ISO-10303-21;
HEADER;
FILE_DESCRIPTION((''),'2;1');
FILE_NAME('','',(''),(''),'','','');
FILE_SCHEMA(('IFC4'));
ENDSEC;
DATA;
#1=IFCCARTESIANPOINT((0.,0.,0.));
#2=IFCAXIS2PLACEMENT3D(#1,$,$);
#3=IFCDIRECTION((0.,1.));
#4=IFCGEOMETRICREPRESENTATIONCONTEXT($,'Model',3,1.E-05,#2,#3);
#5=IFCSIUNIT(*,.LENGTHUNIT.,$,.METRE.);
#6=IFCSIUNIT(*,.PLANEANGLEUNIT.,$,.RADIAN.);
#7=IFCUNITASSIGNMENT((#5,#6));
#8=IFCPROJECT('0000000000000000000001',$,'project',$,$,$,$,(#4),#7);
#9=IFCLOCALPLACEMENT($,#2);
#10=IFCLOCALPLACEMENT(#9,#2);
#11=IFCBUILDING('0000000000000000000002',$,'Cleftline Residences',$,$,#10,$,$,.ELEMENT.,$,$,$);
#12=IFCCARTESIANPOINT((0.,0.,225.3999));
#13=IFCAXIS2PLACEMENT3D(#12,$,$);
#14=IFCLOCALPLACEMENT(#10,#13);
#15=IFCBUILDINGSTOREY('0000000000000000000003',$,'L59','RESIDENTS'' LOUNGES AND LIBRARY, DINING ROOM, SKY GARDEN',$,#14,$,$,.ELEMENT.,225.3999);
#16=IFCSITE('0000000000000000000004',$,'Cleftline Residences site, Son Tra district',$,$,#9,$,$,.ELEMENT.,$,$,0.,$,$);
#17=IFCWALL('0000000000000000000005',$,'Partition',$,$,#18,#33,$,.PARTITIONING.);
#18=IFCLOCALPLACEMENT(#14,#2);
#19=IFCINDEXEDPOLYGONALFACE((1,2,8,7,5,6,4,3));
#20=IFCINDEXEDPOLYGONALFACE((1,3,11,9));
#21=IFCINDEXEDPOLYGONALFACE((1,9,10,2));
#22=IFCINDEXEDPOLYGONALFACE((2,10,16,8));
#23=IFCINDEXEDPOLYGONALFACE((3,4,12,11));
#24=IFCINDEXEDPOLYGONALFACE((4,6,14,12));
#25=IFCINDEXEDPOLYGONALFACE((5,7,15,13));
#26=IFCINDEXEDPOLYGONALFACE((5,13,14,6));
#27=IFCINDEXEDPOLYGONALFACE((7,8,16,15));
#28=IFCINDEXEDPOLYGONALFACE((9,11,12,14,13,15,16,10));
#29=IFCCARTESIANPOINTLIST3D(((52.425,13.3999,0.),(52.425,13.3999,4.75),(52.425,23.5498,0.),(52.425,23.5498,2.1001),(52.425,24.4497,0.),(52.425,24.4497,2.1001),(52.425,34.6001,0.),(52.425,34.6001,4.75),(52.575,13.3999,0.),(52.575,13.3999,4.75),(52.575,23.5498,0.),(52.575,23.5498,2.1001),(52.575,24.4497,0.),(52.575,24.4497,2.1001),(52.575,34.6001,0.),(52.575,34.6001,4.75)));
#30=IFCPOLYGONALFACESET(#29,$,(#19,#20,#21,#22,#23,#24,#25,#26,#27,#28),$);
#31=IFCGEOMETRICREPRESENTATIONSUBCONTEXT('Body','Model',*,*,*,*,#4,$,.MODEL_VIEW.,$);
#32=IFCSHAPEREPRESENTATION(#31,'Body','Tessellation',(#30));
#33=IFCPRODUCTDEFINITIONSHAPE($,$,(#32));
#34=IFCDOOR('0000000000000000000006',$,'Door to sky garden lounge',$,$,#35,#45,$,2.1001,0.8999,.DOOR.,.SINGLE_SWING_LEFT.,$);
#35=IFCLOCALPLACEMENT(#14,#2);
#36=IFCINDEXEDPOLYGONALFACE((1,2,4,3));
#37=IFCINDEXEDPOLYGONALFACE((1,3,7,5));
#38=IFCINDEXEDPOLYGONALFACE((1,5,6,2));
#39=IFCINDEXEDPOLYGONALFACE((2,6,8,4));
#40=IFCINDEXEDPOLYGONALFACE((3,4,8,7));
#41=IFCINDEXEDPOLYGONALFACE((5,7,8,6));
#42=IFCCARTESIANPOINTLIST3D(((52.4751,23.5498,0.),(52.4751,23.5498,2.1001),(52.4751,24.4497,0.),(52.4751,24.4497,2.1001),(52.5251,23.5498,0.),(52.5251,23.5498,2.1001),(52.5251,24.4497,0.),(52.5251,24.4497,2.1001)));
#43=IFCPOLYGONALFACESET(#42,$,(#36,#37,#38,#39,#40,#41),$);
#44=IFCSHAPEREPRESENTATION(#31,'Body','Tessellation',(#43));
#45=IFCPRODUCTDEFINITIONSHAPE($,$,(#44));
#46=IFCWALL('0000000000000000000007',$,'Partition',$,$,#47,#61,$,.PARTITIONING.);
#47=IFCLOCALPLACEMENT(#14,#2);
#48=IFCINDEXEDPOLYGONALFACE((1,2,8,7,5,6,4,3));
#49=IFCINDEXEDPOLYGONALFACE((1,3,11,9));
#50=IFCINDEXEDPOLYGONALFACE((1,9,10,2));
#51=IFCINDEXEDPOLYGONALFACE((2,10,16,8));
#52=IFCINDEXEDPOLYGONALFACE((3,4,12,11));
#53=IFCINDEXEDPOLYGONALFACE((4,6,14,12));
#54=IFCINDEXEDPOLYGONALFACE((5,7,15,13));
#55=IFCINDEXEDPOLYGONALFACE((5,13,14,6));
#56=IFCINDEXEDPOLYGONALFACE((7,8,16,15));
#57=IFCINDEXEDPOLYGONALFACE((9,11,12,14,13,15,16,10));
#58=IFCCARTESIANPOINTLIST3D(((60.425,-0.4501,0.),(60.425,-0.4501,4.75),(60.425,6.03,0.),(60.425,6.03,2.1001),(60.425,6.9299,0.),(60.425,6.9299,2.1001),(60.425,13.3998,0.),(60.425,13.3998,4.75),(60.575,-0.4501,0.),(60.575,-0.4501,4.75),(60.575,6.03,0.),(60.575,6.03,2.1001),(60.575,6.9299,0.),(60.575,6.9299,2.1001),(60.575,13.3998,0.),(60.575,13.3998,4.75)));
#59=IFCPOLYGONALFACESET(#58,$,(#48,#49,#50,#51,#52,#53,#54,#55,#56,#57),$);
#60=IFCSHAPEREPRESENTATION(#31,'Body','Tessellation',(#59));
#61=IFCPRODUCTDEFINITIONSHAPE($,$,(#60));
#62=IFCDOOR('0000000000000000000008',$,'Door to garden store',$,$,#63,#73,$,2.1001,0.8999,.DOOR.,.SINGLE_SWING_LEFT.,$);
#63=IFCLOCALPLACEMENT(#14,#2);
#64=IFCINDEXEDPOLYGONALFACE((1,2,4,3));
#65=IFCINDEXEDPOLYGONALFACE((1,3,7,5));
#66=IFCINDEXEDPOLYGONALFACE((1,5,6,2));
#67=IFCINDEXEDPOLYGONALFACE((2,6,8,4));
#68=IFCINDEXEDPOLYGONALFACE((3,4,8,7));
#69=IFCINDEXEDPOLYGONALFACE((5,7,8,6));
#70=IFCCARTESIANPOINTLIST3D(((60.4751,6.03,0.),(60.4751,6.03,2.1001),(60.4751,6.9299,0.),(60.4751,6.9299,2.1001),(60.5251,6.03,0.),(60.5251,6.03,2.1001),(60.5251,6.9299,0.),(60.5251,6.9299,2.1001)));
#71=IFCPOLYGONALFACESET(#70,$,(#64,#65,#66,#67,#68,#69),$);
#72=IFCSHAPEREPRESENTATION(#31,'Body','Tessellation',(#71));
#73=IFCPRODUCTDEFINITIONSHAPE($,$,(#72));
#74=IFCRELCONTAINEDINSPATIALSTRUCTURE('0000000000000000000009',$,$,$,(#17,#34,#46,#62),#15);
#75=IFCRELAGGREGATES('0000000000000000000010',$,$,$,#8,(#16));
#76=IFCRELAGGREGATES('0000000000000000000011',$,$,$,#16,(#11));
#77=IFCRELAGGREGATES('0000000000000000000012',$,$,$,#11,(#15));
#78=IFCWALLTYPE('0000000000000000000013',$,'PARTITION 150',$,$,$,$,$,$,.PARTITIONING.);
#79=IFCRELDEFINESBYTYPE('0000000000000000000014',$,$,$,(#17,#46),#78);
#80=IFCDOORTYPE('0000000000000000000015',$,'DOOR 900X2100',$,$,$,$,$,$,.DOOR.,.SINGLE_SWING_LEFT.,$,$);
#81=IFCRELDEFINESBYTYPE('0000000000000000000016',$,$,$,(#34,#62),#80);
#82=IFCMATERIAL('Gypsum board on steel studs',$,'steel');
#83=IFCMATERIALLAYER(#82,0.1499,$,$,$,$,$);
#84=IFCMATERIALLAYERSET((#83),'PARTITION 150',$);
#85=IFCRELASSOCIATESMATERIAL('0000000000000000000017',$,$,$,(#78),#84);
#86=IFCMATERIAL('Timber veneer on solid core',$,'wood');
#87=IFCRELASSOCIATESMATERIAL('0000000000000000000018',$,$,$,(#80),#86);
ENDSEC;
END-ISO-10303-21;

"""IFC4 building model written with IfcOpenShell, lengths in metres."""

from ifc_helpers import new_model, si_unit, direction, frame, frame_2d, origin, place, context, subcontext, project, spatial, rectangle, extrude, material, layer, layer_set, type_object, element, fill, save


model = new_model("IFC4")

# Units and contexts
model_context = context("Model", 3, precision=1e-05, world=origin(), true_north=direction((0.0, 1.0)))
body_context = subcontext(model_context, "Body", "Model", "MODEL_VIEW")
ifc_project = project(units=[si_unit("LENGTHUNIT", "METRE"), si_unit("PLANEANGLEUNIT", "RADIAN")], contexts=[model_context])

# Site, building, storey
site_placement = place(None, origin())
site = spatial("IfcSite", under=ifc_project, at=site_placement, Name="Cleftline Residences site, Son Tra district", CompositionType="ELEMENT", RefElevation=0.0)
building_placement = place(site_placement, origin())
building = spatial("IfcBuilding", under=site, at=building_placement, Name="Cleftline Residences", CompositionType="ELEMENT")
storey_placement = place(building_placement, frame((0.0, 0.0, 225.3999)))
storey = spatial("IfcBuildingStorey", under=building, at=storey_placement, Name="L59", Description="RESIDENTS' LOUNGES AND LIBRARY, DINING ROOM, SKY GARDEN", CompositionType="ELEMENT", Elevation=225.3999)

# Walls, openings, doors
ifc_material_1 = material(Name="Gypsum board on steel studs", Category="steel")
ifc_layer = layer(ifc_material_1, 0.1499)
ifc_layer_set = layer_set([ifc_layer], Name="PARTITION 150")
wall_type = type_object("IfcWallType", Name="PARTITION 150", PredefinedType="PARTITIONING", material=ifc_layer_set)
wall_1_placement = place(storey_placement, frame((52.5, 13.3999, 0.0), z_axis=(0.0, 0.0, 1.0), x_axis=(0.0, 1.0, 0.0)))
wall_1 = element("IfcWall", 1, at=wall_1_placement, inside=storey, type_object=wall_type, Name="Partition", PredefinedType="PARTITIONING", context=body_context, shape_type="SweptSolid", body=[
    extrude(rectangle(XDim=21.2002, YDim=0.1499, at=frame_2d((10.6001, 0.0))), origin(), (0.0, 0.0, 1.0), 4.75),
])
opening_1_placement = place(wall_1_placement, frame((10.1499, 0.0, 0.0)))
opening_1 = element("IfcOpeningElement", 2, at=opening_1_placement, cuts=wall_1, PredefinedType="OPENING", context=body_context, shape_type="SweptSolid", body=[
    extrude(rectangle(XDim=0.8999, YDim=2.1001, at=frame_2d((0.45, 1.05))), frame((0.0, 0.085, 0.0), z_axis=(0.0, -1.0, 0.0), x_axis=(1.0, 0.0, 0.0)), (0.0, 0.0, 1.0), 0.1699),
])
ifc_material_2 = material(Name="Timber veneer on solid core", Category="wood")
door_type = type_object("IfcDoorType", Name="DOOR 900X2100", OperationType="SINGLE_SWING_LEFT", PredefinedType="DOOR", material=ifc_material_2)
door_1_placement = place(opening_1_placement, origin())
door_1 = element("IfcDoor", 3, at=door_1_placement, inside=storey, type_object=door_type, Name="Door to sky garden lounge", OperationType="SINGLE_SWING_LEFT", OverallHeight=2.1001, OverallWidth=0.8999, PredefinedType="DOOR", context=body_context, shape_type="SweptSolid", body=[
    extrude(rectangle(XDim=0.8999, YDim=2.1001, at=frame_2d((0.45, 1.05))), frame((0.0, 0.0249, 0.0), z_axis=(0.0, -1.0, 0.0), x_axis=(1.0, 0.0, 0.0)), (0.0, 0.0, 1.0), 0.05),
])
fill(opening_1, door_1)
wall_2_placement = place(storey_placement, frame((60.5, -0.45, 0.0), z_axis=(0.0, 0.0, 1.0), x_axis=(0.0, 1.0, 0.0)))
wall_2 = element("IfcWall", 4, at=wall_2_placement, inside=storey, type_object=wall_type, Name="Partition", PredefinedType="PARTITIONING", context=body_context, shape_type="SweptSolid", body=[
    extrude(rectangle(XDim=13.8499, YDim=0.1499, at=frame_2d((6.9248, 0.0))), origin(), (0.0, 0.0, 1.0), 4.75),
])
opening_2_placement = place(wall_2_placement, frame((6.48, 0.0, 0.0)))
opening_2 = element("IfcOpeningElement", 5, at=opening_2_placement, cuts=wall_2, PredefinedType="OPENING", context=body_context, shape_type="SweptSolid", body=[
    extrude(rectangle(XDim=0.8999, YDim=2.1001, at=frame_2d((0.45, 1.05))), frame((0.0, 0.085, 0.0), z_axis=(0.0, -1.0, 0.0), x_axis=(1.0, 0.0, 0.0)), (0.0, 0.0, 1.0), 0.1699),
])
door_2_placement = place(opening_2_placement, origin())
door_2 = element("IfcDoor", 6, at=door_2_placement, inside=storey, type_object=door_type, Name="Door to garden store", OperationType="SINGLE_SWING_LEFT", OverallHeight=2.1001, OverallWidth=0.8999, PredefinedType="DOOR", context=body_context, shape_type="SweptSolid", body=[
    extrude(rectangle(XDim=0.8999, YDim=2.1001, at=frame_2d((0.45, 1.05))), frame((0.0, 0.0249, 0.0), z_axis=(0.0, -1.0, 0.0), x_axis=(1.0, 0.0, 0.0)), (0.0, 0.0, 1.0), 0.05),
])
fill(opening_2, door_2)

save(model, "model.ifc")
